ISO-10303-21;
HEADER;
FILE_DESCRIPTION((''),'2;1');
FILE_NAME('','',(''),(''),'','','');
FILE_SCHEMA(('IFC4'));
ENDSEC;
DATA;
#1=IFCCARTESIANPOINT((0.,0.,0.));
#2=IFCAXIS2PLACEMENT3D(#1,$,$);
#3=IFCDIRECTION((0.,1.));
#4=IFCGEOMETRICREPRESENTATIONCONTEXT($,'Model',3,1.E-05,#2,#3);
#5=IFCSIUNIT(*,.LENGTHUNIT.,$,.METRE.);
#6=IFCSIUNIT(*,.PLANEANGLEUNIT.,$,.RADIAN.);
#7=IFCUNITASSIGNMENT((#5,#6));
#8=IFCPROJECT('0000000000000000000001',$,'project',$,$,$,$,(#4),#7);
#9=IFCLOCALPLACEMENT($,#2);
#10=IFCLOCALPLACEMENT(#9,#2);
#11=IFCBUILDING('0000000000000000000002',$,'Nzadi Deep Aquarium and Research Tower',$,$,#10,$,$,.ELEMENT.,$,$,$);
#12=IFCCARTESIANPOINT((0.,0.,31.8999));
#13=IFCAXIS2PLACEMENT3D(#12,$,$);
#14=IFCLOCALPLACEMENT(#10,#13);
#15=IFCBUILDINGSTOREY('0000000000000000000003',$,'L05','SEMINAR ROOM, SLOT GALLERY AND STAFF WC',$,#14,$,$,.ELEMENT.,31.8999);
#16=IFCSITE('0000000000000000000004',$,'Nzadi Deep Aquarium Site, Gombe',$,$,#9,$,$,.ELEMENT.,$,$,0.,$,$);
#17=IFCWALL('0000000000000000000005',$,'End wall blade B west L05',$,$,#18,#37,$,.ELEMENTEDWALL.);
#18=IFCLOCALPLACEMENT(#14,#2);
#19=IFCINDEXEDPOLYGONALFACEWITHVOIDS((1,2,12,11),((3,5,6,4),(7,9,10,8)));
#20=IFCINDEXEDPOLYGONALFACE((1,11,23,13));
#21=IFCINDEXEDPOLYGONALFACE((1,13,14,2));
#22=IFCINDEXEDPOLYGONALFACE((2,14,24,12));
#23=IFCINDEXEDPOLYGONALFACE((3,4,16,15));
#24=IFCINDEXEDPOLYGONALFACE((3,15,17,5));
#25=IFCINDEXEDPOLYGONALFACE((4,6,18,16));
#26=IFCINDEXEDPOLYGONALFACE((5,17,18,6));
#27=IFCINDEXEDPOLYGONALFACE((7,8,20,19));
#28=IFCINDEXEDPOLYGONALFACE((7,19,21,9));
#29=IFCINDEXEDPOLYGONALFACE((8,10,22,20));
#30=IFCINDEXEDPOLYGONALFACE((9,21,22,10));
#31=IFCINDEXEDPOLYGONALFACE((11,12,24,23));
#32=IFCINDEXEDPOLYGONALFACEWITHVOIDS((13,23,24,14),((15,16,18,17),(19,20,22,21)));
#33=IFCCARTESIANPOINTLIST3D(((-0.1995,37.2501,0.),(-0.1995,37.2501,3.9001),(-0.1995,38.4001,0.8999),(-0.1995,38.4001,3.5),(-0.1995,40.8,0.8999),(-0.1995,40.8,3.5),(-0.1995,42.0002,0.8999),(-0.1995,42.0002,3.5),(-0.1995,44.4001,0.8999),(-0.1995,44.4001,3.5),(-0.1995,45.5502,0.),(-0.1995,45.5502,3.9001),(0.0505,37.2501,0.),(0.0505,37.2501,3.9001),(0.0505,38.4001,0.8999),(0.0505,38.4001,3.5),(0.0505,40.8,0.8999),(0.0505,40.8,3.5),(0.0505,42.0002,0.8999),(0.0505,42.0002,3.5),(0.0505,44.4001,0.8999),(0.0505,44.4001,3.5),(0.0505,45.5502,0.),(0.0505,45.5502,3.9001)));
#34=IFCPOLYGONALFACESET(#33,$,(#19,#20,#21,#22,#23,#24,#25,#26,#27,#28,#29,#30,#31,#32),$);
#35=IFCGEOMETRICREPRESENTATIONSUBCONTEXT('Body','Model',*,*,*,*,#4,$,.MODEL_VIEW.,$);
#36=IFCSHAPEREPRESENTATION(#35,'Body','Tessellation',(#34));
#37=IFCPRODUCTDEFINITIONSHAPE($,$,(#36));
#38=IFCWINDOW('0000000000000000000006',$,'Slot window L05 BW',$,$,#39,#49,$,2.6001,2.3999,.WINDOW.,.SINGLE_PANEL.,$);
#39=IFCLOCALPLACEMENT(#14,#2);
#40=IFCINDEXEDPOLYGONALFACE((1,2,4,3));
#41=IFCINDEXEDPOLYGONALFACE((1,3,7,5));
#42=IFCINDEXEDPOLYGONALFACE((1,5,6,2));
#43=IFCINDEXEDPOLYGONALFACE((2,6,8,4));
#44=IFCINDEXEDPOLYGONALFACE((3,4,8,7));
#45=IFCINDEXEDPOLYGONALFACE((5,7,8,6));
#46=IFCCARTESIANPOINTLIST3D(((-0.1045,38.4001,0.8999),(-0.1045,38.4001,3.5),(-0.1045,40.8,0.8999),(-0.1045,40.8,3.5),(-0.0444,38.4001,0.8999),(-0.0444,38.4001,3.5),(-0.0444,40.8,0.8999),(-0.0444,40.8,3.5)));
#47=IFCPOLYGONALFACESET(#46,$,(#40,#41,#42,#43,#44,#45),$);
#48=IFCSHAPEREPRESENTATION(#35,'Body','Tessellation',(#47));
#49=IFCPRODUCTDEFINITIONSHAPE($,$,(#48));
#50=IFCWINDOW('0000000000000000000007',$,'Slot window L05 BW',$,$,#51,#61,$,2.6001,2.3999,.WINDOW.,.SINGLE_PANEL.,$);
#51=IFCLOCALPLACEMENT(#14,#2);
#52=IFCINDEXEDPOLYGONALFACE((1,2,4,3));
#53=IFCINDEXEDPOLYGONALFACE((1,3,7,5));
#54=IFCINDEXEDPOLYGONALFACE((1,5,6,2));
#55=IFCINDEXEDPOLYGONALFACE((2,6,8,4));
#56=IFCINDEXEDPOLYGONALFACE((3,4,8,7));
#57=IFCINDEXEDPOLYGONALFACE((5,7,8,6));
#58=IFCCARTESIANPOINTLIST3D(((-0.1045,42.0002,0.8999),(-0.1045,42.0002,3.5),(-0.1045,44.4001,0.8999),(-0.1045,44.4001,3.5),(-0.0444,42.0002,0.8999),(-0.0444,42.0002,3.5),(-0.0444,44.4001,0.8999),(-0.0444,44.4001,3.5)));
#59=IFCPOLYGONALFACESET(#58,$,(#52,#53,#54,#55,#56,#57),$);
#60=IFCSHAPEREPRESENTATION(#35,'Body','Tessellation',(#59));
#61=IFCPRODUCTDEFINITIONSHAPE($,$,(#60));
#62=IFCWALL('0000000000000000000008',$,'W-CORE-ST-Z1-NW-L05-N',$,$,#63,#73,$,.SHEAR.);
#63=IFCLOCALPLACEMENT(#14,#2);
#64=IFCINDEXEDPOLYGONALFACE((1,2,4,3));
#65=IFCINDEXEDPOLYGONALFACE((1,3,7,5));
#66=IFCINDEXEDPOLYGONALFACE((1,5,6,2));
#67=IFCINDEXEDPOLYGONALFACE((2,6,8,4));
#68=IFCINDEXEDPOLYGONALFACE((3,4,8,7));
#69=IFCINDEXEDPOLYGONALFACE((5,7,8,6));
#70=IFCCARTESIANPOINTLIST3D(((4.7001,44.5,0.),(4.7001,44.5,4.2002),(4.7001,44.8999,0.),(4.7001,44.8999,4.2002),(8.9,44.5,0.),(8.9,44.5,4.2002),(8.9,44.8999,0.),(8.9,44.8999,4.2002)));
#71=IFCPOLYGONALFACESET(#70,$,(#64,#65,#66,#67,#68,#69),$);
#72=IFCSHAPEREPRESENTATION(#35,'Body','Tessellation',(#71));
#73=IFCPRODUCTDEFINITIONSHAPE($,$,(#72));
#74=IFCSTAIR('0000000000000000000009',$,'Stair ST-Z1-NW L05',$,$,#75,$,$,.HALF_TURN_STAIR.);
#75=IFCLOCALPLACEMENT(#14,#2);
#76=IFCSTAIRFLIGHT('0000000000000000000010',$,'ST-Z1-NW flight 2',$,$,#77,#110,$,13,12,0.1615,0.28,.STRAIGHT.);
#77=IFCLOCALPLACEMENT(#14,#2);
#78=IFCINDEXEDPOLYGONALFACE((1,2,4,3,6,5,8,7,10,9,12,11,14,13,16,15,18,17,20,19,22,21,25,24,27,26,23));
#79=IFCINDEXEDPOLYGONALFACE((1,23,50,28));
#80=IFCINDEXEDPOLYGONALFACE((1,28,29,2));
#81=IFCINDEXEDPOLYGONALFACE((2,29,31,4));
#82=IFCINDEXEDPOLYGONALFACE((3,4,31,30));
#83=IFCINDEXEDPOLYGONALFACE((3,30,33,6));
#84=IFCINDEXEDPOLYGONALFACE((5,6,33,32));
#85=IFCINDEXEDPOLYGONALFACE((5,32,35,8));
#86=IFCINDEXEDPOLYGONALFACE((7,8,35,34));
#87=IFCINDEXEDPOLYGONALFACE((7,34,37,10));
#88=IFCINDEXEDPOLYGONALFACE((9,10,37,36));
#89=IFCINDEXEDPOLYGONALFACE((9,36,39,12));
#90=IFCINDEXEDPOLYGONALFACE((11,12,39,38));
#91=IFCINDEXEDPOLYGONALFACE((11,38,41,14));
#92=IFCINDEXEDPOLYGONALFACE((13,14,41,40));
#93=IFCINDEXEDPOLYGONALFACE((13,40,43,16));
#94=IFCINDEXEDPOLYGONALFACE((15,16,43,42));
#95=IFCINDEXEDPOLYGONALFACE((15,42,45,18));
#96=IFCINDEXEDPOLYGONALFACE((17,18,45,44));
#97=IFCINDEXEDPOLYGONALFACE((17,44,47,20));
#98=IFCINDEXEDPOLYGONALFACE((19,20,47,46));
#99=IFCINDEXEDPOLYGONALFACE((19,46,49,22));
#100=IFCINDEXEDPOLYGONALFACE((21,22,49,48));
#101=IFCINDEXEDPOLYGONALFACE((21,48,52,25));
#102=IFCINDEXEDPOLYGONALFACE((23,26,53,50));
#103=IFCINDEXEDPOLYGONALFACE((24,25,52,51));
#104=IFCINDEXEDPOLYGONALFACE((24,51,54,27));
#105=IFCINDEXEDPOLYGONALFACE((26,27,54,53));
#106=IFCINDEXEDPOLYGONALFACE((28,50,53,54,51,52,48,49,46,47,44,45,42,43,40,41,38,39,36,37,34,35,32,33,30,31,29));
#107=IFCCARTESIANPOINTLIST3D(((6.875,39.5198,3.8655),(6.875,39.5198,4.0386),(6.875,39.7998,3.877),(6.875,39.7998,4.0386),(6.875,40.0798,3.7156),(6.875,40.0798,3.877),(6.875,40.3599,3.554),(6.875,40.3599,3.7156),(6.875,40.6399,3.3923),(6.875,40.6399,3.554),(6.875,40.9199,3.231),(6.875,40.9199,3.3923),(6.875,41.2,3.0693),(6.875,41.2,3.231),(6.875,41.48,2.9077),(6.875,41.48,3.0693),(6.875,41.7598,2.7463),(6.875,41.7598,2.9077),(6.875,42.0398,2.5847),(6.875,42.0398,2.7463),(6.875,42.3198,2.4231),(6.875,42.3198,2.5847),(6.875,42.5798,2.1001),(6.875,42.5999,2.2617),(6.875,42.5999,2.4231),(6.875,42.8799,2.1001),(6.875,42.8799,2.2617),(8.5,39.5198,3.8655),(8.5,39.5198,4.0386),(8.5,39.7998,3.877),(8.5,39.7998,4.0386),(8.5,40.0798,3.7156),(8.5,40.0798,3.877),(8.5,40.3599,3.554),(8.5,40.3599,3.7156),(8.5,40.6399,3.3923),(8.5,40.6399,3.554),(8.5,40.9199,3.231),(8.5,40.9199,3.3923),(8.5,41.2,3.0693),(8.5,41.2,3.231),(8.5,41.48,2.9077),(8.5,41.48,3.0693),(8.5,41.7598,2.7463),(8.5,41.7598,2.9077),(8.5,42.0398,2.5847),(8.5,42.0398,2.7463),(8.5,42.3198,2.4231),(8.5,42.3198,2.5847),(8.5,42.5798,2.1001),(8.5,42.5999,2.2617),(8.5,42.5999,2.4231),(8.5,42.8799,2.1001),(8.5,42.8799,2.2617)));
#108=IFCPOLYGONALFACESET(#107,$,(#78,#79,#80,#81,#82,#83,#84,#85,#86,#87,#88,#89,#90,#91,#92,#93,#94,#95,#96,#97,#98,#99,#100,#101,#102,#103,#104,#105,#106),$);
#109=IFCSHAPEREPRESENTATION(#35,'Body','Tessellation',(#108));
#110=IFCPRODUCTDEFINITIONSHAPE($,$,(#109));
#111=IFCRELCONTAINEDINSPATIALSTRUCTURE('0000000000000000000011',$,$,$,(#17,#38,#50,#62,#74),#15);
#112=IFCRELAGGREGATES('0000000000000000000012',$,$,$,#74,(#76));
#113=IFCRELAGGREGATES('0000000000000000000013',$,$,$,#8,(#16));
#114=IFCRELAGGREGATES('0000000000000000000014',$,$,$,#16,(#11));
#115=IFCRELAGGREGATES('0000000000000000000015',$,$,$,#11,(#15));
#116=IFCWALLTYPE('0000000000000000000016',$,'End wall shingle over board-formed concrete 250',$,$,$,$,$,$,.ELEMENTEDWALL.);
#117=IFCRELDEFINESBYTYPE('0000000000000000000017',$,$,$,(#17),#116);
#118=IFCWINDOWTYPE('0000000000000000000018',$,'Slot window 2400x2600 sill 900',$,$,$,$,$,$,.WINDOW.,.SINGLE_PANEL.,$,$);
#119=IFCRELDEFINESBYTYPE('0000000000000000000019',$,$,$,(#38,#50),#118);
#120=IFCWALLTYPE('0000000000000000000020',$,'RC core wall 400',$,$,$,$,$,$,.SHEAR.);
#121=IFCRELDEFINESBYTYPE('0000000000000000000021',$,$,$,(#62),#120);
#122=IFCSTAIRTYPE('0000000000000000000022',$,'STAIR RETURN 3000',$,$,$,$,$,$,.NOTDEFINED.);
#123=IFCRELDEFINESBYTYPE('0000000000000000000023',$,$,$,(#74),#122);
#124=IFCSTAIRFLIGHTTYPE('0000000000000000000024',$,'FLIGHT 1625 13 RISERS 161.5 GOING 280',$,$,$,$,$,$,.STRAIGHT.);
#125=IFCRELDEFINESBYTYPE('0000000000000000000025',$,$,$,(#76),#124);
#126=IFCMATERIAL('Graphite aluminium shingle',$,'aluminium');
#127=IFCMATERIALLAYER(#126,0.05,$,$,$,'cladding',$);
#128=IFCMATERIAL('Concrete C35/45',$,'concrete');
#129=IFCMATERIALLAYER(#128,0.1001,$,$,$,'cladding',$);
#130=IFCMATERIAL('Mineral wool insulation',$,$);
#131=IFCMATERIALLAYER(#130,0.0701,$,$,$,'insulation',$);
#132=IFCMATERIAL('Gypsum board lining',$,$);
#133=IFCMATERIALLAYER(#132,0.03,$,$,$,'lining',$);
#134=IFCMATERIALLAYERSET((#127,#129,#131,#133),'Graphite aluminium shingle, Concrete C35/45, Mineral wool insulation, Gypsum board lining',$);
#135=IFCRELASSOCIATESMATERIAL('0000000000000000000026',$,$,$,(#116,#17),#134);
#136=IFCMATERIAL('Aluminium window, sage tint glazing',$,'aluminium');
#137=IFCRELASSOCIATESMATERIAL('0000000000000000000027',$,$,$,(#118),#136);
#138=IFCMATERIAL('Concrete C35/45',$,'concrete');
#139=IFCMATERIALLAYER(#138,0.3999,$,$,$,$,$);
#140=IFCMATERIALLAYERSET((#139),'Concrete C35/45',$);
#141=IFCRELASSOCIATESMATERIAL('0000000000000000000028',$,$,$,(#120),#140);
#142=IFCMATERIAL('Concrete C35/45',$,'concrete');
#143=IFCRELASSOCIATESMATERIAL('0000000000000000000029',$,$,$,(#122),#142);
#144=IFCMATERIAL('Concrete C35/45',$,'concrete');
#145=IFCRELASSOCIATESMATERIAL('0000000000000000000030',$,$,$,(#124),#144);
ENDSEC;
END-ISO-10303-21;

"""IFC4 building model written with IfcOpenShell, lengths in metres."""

from ifc_helpers import new_model, si_unit, direction, frame, frame_2d, origin, place, context, subcontext, project, spatial, polyline, rectangle, outline, extrude, material, layer, layer_set, layer_usage, type_object, element, fill, aggregate, save


model = new_model("IFC4")

# Units and contexts
model_context = context("Model", 3, precision=1e-05, world=origin(), true_north=direction((0.0, 1.0)))
body_context = subcontext(model_context, "Body", "Model", "MODEL_VIEW")
ifc_project = project(units=[si_unit("LENGTHUNIT", "METRE"), si_unit("PLANEANGLEUNIT", "RADIAN")], contexts=[model_context])

# Site, building, storey
site_placement = place(None, origin())
site = spatial("IfcSite", under=ifc_project, at=site_placement, Name="Nzadi Deep Aquarium Site, Gombe", CompositionType="ELEMENT", RefElevation=0.0)
building_placement = place(site_placement, origin())
building = spatial("IfcBuilding", under=site, at=building_placement, Name="Nzadi Deep Aquarium and Research Tower", CompositionType="ELEMENT")
storey_placement = place(building_placement, frame((0.0, 0.0, 31.8999)))
storey = spatial("IfcBuildingStorey", under=building, at=storey_placement, Name="L05", Description="SEMINAR ROOM, SLOT GALLERY AND STAFF WC", CompositionType="ELEMENT", Elevation=31.8999)

# Wall, openings, windows
ifc_material_1 = material(Name="Graphite aluminium shingle", Category="aluminium")
ifc_layer_1 = layer(ifc_material_1, 0.05, Category="cladding")
ifc_material_2 = material(Name="Concrete C35/45", Category="concrete")
ifc_layer_2 = layer(ifc_material_2, 0.1001, Category="cladding")
ifc_material_3 = material(Name="Mineral wool insulation")
ifc_layer_3 = layer(ifc_material_3, 0.0701, Category="insulation")
ifc_material_4 = material(Name="Gypsum board lining")
ifc_layer_4 = layer(ifc_material_4, 0.03, Category="lining")
ifc_layer_set_1 = layer_set([ifc_layer_1, ifc_layer_2, ifc_layer_3, ifc_layer_4], Name="Graphite aluminium shingle, Concrete C35/45, Mineral wool insulation, Gypsum board lining")
ifc_layer_usage = layer_usage(ifc_layer_set_1, "AXIS2", "POSITIVE", -0.125)
wall_type_1 = type_object("IfcWallType", Name="End wall shingle over board-formed concrete 250", PredefinedType="ELEMENTEDWALL", material=ifc_layer_set_1)
wall_1_placement = place(storey_placement, frame((-0.0745, 45.55, 0.0), z_axis=(0.0, 0.0, 1.0), x_axis=(0.0, -1.0, 0.0)))
wall_1 = element("IfcWall", 1, at=wall_1_placement, inside=storey, type_object=wall_type_1, material=ifc_layer_usage, Name="End wall blade B west L05", PredefinedType="ELEMENTEDWALL", context=body_context, shape_type="SweptSolid", body=[
    extrude(rectangle(XDim=8.3, YDim=0.25, at=frame_2d((4.1499, 0.0))), origin(), (0.0, 0.0, 1.0), 3.9001),
])
opening_1_placement = place(wall_1_placement, frame((4.75, 0.0, 0.8999)))
opening_1 = element("IfcOpeningElement", 2, at=opening_1_placement, cuts=wall_1, PredefinedType="OPENING", context=body_context, shape_type="SweptSolid", body=[
    extrude(rectangle(XDim=2.3999, YDim=2.6001, at=frame_2d((1.2, 1.3))), frame((0.0, 0.135, 0.0), z_axis=(0.0, -1.0, 0.0), x_axis=(1.0, 0.0, 0.0)), (0.0, 0.0, 1.0), 0.27),
])
opening_2_placement = place(wall_1_placement, frame((1.1499, 0.0, 0.8999)))
opening_2 = element("IfcOpeningElement", 3, at=opening_2_placement, cuts=wall_1, PredefinedType="OPENING", context=body_context, shape_type="SweptSolid", body=[
    extrude(rectangle(XDim=2.3999, YDim=2.6001, at=frame_2d((1.2, 1.3))), frame((0.0, 0.135, 0.0), z_axis=(0.0, -1.0, 0.0), x_axis=(1.0, 0.0, 0.0)), (0.0, 0.0, 1.0), 0.27),
])
ifc_material_5 = material(Name="Aluminium window, sage tint glazing", Category="aluminium")
window_type = type_object("IfcWindowType", Name="Slot window 2400x2600 sill 900", PartitioningType="SINGLE_PANEL", PredefinedType="WINDOW", material=ifc_material_5)
window_1_placement = place(opening_1_placement, origin())
window_1 = element("IfcWindow", 4, at=window_1_placement, inside=storey, type_object=window_type, Name="Slot window L05 BW", OverallHeight=2.6001, OverallWidth=2.3999, PartitioningType="SINGLE_PANEL", PredefinedType="WINDOW", context=body_context, shape_type="SweptSolid", body=[
    extrude(rectangle(XDim=2.3999, YDim=2.6001, at=frame_2d((1.2, 1.3))), frame((0.0, 0.03, 0.0), z_axis=(0.0, -1.0, 0.0), x_axis=(1.0, 0.0, 0.0)), (0.0, 0.0, 1.0), 0.0601),
])
fill(opening_1, window_1)
window_2_placement = place(opening_2_placement, origin())
window_2 = element("IfcWindow", 5, at=window_2_placement, inside=storey, type_object=window_type, Name="Slot window L05 BW", OverallHeight=2.6001, OverallWidth=2.3999, PartitioningType="SINGLE_PANEL", PredefinedType="WINDOW", context=body_context, shape_type="SweptSolid", body=[
    extrude(rectangle(XDim=2.3999, YDim=2.6001, at=frame_2d((1.2, 1.3))), frame((0.0, 0.03, 0.0), z_axis=(0.0, -1.0, 0.0), x_axis=(1.0, 0.0, 0.0)), (0.0, 0.0, 1.0), 0.0601),
])
fill(opening_2, window_2)

# Wall
ifc_material_6 = material(Name="Concrete C35/45", Category="concrete")
ifc_layer_5 = layer(ifc_material_6, 0.3999)
ifc_layer_set_2 = layer_set([ifc_layer_5], Name="Concrete C35/45")
wall_type_2 = type_object("IfcWallType", Name="RC core wall 400", PredefinedType="SHEAR", material=ifc_layer_set_2)
wall_2_placement = place(storey_placement, frame((4.7, 44.7, 0.0), z_axis=(0.0, 0.0, 1.0), x_axis=(1.0, 0.0, 0.0)))
element("IfcWall", 6, at=wall_2_placement, inside=storey, type_object=wall_type_2, Name="W-CORE-ST-Z1-NW-L05-N", PredefinedType="SHEAR", context=body_context, shape_type="SweptSolid", body=[
    extrude(rectangle(XDim=4.2, YDim=0.3999, at=frame_2d((2.1001, 0.0))), origin(), (0.0, 0.0, 1.0), 4.2002),
])

# Stair, stair flight
ifc_material_7 = material(Name="Concrete C35/45", Category="concrete")
stair_type = type_object("IfcStairType", Name="STAIR RETURN 3000", PredefinedType="NOTDEFINED", material=ifc_material_7)
stair_placement = place(storey_placement, origin())
stair = element("IfcStair", 7, at=stair_placement, inside=storey, type_object=stair_type, Name="Stair ST-Z1-NW L05", PredefinedType="HALF_TURN_STAIR")
ifc_material_8 = material(Name="Concrete C35/45", Category="concrete")
stair_flight_type = type_object("IfcStairFlightType", Name="FLIGHT 1625 13 RISERS 161.5 GOING 280", PredefinedType="STRAIGHT", material=ifc_material_8)
stair_flight_placement = place(storey_placement, frame((7.6875, 42.8799, 2.1001), z_axis=(0.0, 0.0, 1.0), x_axis=(0.0, -1.0, 0.0)))
stair_flight = element("IfcStairFlight", 8, at=stair_flight_placement, type_object=stair_flight_type, Name="ST-Z1-NW flight 2", NumberOfRisers=13, NumberOfTreads=12, PredefinedType="STRAIGHT", RiserHeight=0.1615, TreadLength=0.28, context=body_context, shape_type="SweptSolid", body=[
    extrude(outline(polyline([(0.0, 0.0), (0.0, 0.1616), (0.28, 0.1616), (0.28, 0.323), (0.5601, 0.323), (0.5601, 0.4846), (0.8401, 0.4846), (0.8401, 0.6462), (1.1201, 0.6462), (1.1201, 0.8076), (1.3999, 0.8076), (1.3999, 0.9692), (1.6799, 0.9692), (1.6799, 1.1309), (1.96, 1.1309), (1.96, 1.2922), (2.24, 1.2922), (2.24, 1.4539), (2.52, 1.4539), (2.52, 1.6155), (2.8, 1.6155), (2.8, 1.7769), (3.0801, 1.7769), (3.0801, 1.9385), (3.3601, 1.9385), (3.3601, 2.1001), (3.3601, 1.7654), (0.3, 0.0), (0.0, 0.0)])), frame((0.0, 0.8125, 0.0), z_axis=(0.0, -1.0, 0.0), x_axis=(1.0, 0.0, 0.0)), (0.0, 0.0, 1.0), 1.625),
])
aggregate(stair, [stair_flight])

save(model, "model.ifc")
